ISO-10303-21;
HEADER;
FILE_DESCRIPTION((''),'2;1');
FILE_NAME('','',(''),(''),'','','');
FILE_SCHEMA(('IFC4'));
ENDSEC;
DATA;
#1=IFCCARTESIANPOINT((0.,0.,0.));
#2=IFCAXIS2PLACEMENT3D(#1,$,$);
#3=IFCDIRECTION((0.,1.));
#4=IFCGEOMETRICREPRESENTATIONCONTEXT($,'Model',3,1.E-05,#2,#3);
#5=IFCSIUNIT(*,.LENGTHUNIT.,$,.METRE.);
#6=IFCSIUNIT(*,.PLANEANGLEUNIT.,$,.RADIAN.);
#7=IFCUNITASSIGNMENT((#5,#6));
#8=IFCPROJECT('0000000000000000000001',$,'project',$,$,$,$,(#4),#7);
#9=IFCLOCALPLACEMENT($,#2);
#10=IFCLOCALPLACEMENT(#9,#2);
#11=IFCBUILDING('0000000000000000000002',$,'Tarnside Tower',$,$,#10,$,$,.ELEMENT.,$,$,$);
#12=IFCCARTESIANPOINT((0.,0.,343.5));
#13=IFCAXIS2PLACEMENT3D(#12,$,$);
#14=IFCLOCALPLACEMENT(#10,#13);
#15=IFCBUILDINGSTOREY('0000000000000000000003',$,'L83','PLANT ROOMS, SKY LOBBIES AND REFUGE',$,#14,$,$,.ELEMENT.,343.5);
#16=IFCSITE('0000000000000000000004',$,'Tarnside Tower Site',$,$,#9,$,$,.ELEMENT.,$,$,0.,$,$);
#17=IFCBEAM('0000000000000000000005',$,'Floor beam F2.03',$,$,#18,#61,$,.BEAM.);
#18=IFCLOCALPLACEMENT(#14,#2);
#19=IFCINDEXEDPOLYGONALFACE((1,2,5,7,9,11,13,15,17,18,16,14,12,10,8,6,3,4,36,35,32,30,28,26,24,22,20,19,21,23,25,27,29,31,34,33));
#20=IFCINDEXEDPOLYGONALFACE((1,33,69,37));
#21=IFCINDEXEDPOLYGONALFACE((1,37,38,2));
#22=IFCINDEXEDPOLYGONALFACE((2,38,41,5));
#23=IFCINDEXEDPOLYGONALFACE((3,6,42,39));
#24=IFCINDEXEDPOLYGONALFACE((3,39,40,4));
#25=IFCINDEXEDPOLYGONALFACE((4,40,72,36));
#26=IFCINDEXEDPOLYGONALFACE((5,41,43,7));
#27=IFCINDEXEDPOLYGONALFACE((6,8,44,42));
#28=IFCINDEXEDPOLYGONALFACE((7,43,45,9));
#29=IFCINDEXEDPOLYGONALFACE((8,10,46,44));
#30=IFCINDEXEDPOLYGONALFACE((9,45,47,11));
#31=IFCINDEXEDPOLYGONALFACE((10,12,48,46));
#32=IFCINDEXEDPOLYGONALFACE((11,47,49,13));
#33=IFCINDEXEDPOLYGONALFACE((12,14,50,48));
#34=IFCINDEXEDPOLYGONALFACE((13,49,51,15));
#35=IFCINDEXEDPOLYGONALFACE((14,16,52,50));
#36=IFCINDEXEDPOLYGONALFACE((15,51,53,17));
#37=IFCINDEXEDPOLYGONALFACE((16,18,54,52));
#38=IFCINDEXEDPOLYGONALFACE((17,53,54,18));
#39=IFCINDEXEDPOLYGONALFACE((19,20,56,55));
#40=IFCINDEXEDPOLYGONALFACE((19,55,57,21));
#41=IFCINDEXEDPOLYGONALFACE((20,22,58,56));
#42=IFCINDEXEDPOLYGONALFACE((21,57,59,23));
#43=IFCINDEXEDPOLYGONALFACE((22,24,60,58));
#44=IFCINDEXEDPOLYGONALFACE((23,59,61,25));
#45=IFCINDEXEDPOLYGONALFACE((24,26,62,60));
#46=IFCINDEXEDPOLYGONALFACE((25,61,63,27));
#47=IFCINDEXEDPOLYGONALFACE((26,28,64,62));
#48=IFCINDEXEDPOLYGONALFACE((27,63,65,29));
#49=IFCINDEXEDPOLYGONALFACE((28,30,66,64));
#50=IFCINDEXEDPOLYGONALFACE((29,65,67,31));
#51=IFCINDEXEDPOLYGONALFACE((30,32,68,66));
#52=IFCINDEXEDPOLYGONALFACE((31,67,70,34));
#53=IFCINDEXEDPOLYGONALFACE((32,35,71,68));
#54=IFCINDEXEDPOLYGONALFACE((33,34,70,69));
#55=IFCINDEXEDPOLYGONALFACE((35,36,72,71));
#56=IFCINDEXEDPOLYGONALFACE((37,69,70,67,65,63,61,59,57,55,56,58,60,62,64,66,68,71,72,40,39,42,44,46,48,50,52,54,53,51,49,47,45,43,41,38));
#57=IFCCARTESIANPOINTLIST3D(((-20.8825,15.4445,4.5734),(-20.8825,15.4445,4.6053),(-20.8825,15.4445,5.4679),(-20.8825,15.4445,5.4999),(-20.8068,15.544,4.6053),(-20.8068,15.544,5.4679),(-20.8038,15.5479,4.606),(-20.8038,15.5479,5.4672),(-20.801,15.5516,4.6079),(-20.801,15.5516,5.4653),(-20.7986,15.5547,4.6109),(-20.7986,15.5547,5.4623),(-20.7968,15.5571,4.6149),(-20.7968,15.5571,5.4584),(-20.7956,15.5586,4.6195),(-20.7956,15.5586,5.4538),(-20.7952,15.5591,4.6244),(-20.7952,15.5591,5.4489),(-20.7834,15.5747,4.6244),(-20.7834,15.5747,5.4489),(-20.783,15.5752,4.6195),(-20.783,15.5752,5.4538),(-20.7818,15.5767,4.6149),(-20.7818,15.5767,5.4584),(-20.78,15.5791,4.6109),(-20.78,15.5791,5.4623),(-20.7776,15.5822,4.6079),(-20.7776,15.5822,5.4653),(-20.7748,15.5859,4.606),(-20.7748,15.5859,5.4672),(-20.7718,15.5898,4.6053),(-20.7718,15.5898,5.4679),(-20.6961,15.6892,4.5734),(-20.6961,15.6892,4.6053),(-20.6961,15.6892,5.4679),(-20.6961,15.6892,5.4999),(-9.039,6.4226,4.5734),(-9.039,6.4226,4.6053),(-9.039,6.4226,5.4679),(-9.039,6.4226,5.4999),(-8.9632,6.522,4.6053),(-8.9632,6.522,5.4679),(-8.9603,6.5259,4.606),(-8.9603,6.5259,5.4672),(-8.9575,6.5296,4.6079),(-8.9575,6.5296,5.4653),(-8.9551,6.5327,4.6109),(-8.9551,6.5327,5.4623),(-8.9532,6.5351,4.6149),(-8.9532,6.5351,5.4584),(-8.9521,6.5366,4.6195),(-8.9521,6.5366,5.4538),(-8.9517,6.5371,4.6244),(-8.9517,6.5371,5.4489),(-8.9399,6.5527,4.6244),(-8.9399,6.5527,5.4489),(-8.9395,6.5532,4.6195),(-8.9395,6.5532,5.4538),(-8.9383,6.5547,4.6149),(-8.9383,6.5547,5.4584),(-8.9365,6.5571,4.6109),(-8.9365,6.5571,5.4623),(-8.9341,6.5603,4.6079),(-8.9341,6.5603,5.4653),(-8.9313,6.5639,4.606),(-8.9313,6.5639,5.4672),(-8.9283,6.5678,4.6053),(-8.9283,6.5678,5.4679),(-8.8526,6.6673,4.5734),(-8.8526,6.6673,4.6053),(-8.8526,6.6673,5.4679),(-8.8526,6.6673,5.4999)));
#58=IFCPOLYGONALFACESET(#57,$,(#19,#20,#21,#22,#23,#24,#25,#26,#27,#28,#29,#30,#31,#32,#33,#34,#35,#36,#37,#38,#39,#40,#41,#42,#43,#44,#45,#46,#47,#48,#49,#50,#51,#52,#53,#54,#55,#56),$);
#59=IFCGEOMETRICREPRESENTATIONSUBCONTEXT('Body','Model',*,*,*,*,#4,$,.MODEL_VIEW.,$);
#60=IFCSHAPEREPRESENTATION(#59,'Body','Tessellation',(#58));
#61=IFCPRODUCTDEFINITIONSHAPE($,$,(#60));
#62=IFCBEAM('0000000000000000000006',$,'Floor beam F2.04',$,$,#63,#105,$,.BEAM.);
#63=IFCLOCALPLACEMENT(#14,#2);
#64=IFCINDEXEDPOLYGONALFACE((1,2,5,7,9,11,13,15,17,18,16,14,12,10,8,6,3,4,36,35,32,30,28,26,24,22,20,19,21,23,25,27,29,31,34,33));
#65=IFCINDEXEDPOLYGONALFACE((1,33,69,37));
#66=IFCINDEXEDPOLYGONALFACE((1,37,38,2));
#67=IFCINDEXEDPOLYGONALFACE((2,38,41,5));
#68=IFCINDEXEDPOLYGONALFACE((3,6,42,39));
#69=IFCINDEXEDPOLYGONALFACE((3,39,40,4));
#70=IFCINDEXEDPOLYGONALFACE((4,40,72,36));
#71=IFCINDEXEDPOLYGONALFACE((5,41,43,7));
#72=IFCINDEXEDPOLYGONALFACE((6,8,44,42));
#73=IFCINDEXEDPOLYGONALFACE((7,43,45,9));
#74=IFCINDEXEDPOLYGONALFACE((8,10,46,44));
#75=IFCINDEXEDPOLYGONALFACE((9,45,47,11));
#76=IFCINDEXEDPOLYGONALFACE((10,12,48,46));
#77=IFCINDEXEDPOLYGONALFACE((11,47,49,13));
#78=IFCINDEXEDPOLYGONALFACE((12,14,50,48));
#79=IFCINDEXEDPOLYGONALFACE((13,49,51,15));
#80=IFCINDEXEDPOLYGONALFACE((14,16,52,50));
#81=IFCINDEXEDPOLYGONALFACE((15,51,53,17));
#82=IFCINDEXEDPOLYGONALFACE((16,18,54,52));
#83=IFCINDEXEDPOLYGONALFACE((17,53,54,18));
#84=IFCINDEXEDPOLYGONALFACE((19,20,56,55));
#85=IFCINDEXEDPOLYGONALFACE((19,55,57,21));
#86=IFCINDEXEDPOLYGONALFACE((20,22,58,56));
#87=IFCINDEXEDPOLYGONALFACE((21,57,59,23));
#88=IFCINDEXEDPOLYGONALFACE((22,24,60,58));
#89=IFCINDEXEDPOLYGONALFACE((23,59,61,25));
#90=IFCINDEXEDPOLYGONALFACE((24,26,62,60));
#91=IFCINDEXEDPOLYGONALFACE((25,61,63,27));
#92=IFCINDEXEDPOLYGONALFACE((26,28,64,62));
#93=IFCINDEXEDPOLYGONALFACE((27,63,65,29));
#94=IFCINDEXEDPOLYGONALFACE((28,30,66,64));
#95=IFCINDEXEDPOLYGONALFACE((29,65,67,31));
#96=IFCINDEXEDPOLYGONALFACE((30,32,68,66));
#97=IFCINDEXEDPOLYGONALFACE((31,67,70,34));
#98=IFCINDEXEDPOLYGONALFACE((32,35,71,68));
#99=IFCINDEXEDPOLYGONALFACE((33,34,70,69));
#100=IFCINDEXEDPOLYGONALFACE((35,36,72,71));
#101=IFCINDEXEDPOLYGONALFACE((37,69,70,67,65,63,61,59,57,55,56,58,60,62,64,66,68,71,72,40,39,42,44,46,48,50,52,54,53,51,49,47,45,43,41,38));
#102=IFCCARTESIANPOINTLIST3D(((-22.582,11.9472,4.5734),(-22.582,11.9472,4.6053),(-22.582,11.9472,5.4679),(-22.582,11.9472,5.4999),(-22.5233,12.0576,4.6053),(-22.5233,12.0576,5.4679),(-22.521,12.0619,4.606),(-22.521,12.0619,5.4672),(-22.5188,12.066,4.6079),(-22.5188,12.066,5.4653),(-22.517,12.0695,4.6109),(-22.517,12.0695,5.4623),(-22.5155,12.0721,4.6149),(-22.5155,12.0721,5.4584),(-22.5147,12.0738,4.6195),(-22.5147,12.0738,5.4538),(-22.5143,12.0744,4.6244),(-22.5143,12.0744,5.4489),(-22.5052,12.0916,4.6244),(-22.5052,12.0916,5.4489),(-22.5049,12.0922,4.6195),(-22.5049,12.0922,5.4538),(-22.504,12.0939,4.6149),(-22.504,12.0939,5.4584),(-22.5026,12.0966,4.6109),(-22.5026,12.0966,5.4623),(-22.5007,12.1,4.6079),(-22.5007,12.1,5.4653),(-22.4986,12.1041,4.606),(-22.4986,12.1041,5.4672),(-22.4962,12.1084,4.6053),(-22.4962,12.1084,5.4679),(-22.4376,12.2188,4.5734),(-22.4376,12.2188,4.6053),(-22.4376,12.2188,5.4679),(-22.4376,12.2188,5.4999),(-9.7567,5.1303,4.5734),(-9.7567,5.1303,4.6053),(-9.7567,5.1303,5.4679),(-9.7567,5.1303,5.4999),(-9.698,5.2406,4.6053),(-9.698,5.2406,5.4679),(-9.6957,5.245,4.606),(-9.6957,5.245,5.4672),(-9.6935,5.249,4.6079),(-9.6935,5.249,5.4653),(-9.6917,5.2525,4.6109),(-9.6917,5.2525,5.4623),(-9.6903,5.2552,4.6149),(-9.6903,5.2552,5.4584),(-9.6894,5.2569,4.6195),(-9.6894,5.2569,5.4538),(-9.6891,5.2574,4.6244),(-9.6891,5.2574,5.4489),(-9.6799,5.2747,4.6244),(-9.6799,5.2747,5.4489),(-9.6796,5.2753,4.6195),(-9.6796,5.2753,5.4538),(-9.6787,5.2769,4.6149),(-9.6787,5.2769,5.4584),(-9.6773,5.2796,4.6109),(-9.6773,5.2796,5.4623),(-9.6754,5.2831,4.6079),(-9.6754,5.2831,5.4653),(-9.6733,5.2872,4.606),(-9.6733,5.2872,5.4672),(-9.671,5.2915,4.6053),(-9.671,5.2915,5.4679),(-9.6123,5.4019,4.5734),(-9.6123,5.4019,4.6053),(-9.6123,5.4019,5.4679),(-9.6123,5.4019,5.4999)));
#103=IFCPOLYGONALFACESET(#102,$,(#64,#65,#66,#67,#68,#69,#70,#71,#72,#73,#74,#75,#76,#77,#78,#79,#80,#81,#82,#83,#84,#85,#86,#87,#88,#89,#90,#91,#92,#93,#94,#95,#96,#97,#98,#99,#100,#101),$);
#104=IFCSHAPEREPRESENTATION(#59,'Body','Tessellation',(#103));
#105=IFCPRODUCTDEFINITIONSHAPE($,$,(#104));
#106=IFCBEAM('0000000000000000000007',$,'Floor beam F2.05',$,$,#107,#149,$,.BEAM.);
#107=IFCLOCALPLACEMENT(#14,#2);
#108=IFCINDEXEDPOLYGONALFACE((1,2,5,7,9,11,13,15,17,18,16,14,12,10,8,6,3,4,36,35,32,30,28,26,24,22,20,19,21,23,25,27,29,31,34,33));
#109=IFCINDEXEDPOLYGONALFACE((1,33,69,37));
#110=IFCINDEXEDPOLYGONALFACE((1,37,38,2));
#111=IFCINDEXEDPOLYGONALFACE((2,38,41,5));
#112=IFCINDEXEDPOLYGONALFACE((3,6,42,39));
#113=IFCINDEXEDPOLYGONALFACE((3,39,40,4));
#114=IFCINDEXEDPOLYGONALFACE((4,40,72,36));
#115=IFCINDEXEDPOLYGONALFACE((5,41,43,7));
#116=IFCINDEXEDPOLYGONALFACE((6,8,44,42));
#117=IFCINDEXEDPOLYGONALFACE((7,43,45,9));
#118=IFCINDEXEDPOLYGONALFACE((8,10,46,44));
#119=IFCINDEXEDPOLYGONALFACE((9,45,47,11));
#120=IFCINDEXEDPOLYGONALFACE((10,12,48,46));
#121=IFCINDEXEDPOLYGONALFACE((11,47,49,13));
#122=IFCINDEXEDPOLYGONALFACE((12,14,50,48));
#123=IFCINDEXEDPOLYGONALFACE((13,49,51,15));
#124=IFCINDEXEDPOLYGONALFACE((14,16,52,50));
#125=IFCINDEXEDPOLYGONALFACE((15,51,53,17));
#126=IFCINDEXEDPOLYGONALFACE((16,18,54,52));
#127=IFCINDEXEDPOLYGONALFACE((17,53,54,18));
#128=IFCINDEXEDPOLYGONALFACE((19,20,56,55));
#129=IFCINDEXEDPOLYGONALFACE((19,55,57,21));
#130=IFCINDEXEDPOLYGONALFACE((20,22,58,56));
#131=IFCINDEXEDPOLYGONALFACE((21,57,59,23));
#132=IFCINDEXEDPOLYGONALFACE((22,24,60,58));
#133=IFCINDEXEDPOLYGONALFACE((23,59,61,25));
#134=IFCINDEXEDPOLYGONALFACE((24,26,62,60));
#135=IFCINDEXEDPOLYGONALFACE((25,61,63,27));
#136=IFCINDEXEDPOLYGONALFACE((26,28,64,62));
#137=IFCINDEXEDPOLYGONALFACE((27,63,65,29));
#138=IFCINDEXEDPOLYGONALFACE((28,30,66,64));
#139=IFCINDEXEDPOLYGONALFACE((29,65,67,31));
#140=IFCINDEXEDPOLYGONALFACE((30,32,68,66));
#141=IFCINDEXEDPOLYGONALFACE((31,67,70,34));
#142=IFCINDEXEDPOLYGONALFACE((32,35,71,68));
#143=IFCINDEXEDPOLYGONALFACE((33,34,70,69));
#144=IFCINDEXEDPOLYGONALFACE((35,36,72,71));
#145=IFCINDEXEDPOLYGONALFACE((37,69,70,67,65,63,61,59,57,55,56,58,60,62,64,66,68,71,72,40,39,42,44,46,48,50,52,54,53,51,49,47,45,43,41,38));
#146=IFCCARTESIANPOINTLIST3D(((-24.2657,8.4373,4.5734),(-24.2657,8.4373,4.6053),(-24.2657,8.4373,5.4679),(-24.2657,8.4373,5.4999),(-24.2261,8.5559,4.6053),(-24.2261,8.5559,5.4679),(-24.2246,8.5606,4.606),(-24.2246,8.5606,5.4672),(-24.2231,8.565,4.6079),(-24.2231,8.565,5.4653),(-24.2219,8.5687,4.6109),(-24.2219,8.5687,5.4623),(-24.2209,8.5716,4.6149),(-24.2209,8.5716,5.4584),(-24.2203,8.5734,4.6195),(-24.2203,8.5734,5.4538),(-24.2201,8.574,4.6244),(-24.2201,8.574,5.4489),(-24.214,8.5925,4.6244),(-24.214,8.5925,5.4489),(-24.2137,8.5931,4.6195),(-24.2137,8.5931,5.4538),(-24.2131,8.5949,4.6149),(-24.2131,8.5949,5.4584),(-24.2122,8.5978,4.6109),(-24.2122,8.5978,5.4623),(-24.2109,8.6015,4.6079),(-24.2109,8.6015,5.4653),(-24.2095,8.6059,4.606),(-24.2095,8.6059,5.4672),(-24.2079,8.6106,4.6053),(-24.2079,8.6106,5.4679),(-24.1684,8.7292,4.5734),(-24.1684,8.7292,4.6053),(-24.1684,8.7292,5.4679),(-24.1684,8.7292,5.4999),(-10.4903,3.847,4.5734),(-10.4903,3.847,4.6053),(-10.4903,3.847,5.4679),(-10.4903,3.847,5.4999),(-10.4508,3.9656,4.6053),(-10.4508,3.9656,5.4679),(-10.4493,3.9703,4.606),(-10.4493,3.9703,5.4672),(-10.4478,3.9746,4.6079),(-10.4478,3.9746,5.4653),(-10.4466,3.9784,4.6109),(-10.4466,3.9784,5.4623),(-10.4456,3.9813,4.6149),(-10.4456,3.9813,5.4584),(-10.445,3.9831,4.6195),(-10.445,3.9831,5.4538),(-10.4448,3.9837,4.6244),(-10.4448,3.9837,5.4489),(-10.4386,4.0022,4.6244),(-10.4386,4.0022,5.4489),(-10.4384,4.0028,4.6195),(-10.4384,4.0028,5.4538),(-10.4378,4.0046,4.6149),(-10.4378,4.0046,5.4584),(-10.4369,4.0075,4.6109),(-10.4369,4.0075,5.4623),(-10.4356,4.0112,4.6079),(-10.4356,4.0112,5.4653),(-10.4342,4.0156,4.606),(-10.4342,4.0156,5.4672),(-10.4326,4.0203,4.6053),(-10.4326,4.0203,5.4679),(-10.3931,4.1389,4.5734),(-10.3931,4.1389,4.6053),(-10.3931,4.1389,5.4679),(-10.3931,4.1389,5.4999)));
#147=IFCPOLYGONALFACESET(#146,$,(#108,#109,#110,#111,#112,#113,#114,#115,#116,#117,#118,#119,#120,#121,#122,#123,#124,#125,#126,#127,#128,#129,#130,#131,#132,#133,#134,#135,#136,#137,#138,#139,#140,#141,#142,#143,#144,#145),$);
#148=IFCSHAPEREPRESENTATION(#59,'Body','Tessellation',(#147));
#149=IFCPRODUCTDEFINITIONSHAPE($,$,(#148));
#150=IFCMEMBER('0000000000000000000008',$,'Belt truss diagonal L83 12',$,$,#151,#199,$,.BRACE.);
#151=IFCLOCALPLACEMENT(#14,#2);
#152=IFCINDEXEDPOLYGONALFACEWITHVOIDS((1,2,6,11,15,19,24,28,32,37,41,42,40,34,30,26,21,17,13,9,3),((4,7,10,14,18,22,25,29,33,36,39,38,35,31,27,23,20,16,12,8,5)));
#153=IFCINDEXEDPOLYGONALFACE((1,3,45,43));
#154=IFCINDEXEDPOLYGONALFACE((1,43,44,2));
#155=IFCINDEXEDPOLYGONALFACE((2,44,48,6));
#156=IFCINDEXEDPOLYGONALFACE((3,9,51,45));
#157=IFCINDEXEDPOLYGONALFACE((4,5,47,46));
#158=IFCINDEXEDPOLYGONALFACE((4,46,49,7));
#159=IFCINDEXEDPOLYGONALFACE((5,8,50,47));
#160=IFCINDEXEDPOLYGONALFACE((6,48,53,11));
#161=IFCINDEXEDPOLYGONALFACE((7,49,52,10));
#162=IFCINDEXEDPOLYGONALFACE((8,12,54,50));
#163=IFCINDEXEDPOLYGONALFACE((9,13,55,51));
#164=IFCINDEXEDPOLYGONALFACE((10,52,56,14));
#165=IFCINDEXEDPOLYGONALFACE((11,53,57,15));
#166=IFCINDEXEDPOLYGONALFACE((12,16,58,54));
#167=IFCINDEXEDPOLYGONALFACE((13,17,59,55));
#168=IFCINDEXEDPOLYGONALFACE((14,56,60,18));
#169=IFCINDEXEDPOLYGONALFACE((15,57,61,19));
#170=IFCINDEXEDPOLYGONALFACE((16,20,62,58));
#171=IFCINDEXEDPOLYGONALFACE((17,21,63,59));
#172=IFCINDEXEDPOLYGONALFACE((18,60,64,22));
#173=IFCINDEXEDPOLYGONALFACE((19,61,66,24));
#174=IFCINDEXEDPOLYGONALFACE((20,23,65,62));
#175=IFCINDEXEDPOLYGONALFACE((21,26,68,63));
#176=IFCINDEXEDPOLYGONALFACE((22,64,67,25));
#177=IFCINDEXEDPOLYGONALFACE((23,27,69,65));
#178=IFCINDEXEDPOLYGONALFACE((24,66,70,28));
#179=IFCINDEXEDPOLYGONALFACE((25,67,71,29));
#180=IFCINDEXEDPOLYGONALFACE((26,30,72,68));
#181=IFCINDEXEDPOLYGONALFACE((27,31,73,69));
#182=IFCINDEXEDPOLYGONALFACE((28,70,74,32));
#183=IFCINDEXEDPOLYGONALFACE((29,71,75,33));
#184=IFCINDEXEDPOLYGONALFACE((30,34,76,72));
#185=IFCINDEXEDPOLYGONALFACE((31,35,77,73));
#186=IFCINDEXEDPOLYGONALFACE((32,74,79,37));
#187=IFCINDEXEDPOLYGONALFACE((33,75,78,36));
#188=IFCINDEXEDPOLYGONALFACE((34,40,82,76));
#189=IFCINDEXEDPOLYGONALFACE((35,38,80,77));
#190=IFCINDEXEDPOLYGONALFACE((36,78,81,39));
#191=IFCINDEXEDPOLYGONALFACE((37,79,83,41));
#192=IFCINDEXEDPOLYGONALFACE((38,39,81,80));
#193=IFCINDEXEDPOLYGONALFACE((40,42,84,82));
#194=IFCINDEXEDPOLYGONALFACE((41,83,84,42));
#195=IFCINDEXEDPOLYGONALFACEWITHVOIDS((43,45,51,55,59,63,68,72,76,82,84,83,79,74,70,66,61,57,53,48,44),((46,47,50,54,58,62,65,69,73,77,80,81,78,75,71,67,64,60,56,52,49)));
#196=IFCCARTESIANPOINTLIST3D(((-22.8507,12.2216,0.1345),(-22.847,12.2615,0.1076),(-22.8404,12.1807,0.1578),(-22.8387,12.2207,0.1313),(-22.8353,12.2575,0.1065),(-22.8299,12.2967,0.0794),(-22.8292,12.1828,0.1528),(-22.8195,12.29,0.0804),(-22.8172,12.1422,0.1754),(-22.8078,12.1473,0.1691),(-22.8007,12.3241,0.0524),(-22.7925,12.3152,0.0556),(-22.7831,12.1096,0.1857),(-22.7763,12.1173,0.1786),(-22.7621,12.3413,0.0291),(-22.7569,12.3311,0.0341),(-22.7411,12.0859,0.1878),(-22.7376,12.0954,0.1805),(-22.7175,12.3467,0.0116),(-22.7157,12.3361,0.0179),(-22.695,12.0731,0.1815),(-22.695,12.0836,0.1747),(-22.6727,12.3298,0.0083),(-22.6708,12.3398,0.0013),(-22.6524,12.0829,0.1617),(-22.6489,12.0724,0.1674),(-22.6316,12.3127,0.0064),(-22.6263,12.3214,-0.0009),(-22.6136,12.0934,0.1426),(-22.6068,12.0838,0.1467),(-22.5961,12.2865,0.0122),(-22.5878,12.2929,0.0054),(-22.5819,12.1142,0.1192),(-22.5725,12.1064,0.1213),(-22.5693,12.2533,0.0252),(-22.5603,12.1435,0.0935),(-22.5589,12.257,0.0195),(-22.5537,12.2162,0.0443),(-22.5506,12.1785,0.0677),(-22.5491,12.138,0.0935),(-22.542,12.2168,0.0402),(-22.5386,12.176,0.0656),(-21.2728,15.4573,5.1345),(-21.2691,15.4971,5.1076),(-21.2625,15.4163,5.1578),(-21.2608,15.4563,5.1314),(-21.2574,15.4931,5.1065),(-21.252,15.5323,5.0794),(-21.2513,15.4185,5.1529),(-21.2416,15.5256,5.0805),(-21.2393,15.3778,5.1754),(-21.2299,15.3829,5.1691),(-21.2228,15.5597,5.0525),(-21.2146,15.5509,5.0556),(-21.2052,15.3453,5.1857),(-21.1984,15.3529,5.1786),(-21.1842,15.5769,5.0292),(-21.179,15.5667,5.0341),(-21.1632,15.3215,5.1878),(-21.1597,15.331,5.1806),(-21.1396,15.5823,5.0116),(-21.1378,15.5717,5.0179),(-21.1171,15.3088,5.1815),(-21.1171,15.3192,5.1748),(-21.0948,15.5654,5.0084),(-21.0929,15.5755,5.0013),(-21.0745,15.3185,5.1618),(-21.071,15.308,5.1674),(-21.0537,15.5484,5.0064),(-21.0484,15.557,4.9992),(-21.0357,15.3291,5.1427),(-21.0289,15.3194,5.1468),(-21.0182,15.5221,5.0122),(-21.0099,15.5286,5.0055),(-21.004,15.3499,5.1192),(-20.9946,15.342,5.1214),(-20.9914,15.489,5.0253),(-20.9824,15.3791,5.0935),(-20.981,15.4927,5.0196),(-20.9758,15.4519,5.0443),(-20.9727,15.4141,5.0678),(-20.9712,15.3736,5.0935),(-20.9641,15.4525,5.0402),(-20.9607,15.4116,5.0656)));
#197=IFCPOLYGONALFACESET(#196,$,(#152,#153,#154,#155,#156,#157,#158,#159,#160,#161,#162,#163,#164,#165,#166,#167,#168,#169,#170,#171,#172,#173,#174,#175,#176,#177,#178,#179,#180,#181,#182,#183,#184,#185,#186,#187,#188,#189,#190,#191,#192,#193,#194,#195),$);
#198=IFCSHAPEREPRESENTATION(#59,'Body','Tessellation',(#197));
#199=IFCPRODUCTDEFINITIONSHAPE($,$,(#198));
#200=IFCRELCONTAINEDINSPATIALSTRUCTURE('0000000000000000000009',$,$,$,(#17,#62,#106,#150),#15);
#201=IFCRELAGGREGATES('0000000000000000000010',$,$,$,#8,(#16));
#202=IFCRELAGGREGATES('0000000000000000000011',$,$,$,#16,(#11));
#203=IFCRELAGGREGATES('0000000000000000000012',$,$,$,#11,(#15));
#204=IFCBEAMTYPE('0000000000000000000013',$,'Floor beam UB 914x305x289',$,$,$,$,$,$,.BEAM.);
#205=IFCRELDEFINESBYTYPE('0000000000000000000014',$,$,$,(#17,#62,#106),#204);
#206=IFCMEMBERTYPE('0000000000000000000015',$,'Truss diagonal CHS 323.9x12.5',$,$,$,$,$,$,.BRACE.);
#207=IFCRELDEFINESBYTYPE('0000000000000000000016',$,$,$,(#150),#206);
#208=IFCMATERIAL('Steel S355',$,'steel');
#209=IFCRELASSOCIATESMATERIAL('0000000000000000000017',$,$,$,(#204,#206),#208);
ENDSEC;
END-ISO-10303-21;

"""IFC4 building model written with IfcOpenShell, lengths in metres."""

from ifc_helpers import new_model, si_unit, direction, frame, origin, origin_2d, place, context, subcontext, project, spatial, hollow_circle, i_section, extrude, material, material_profile, profile_set, type_object, element, save


model = new_model("IFC4")

# Units and contexts
model_context = context("Model", 3, precision=1e-05, world=origin(), true_north=direction((0.0, 1.0)))
body_context = subcontext(model_context, "Body", "Model", "MODEL_VIEW")
ifc_project = project(units=[si_unit("LENGTHUNIT", "METRE"), si_unit("PLANEANGLEUNIT", "RADIAN")], contexts=[model_context])

# Site, building, storey
site_placement = place(None, origin())
site = spatial("IfcSite", under=ifc_project, at=site_placement, Name="Tarnside Tower Site", CompositionType="ELEMENT", RefElevation=0.0)
building_placement = place(site_placement, origin())
building = spatial("IfcBuilding", under=site, at=building_placement, Name="Tarnside Tower", CompositionType="ELEMENT")
storey_placement = place(building_placement, frame((0.0, 0.0, 343.5)))
storey = spatial("IfcBuildingStorey", under=building, at=storey_placement, Name="L83", Description="PLANT ROOMS, SKY LOBBIES AND REFUGE", CompositionType="ELEMENT", Elevation=343.5)

# Beams
ifc_material_1 = material(Name="Steel S355", Category="steel")
ifc_material_profile_1 = material_profile(ifc_material_1, i_section(OverallWidth=0.3076, OverallDepth=0.9265, WebThickness=0.0195, FlangeThickness=0.032, FilletRadius=0.019, at=origin_2d()), Name="UB 914x305x289")
ifc_profile_set_1 = profile_set([ifc_material_profile_1], Name="Steel S355")
beam_type = type_object("IfcBeamType", Name="Floor beam UB 914x305x289", PredefinedType="BEAM", material=ifc_profile_set_1)
beam_1_placement = place(storey_placement, frame((-20.7893, 15.5669, 5.0366), z_axis=(0.795485, -0.605973, 0.0), x_axis=(0.605973, 0.795485, 0.0)))
element("IfcBeam", 1, at=beam_1_placement, inside=storey, type_object=beam_type, Name="Floor beam F2.03", PredefinedType="BEAM", context=body_context, shape_type="SweptSolid", body=[
    extrude(i_section(OverallWidth=0.3076, OverallDepth=0.9265, WebThickness=0.0195, FlangeThickness=0.032, FilletRadius=0.019, at=origin_2d()), origin(), (0.0, 0.0, 1.0), 14.8884),
])
beam_2_placement = place(storey_placement, frame((-22.5098, 12.083, 5.0366), z_axis=(0.883016, -0.469344, 0.0), x_axis=(0.469344, 0.883016, 0.0)))
element("IfcBeam", 2, at=beam_2_placement, inside=storey, type_object=beam_type, Name="Floor beam F2.04", PredefinedType="BEAM", context=body_context, shape_type="SweptSolid", body=[
    extrude(i_section(OverallWidth=0.3076, OverallDepth=0.9265, WebThickness=0.0195, FlangeThickness=0.032, FilletRadius=0.019, at=origin_2d()), origin(), (0.0, 0.0, 1.0), 14.5244),
])
beam_3_placement = place(storey_placement, frame((-24.217, 8.5833, 5.0366), z_axis=(0.948714, -0.316137, 0.0), x_axis=(0.316137, 0.948714, 0.0)))
element("IfcBeam", 3, at=beam_3_placement, inside=storey, type_object=beam_type, Name="Floor beam F2.05", PredefinedType="BEAM", context=body_context, shape_type="SweptSolid", body=[
    extrude(i_section(OverallWidth=0.3076, OverallDepth=0.9265, WebThickness=0.0195, FlangeThickness=0.032, FilletRadius=0.019, at=origin_2d()), origin(), (0.0, 0.0, 1.0), 14.52),
])

# Member
ifc_material_profile_2 = material_profile(ifc_material_1, hollow_circle(Radius=0.1619, WallThickness=0.0125, at=origin_2d()), Name="CHS 323.9x12.5")
ifc_profile_set_2 = profile_set([ifc_material_profile_2], Name="Steel S355")
member_type_1 = type_object("IfcMemberType", Name="Truss diagonal CHS 323.9x12.5", PredefinedType="BRACE", material=ifc_profile_set_2)
for number, where, z_axis, x_axis, name in (
    (4, (-21.1167, 15.4446, 5.0935), (-0.256105, -0.525168, -0.811547), (0.898819, -0.438321, 0.0), "Belt truss diagonal L83 12"),
):
    element("IfcMember", number, at=place(storey_placement, frame(where, z_axis=z_axis, x_axis=x_axis)), inside=storey, type_object=member_type_1, Name=name, PredefinedType="BRACE", context=body_context, shape_type="SweptSolid", body=[
        extrude(hollow_circle(Radius=0.1619, WallThickness=0.0125, at=origin_2d()), origin(), (0.0, 0.0, 1.0), 6.1611),
    ])

save(model, "model.ifc")
